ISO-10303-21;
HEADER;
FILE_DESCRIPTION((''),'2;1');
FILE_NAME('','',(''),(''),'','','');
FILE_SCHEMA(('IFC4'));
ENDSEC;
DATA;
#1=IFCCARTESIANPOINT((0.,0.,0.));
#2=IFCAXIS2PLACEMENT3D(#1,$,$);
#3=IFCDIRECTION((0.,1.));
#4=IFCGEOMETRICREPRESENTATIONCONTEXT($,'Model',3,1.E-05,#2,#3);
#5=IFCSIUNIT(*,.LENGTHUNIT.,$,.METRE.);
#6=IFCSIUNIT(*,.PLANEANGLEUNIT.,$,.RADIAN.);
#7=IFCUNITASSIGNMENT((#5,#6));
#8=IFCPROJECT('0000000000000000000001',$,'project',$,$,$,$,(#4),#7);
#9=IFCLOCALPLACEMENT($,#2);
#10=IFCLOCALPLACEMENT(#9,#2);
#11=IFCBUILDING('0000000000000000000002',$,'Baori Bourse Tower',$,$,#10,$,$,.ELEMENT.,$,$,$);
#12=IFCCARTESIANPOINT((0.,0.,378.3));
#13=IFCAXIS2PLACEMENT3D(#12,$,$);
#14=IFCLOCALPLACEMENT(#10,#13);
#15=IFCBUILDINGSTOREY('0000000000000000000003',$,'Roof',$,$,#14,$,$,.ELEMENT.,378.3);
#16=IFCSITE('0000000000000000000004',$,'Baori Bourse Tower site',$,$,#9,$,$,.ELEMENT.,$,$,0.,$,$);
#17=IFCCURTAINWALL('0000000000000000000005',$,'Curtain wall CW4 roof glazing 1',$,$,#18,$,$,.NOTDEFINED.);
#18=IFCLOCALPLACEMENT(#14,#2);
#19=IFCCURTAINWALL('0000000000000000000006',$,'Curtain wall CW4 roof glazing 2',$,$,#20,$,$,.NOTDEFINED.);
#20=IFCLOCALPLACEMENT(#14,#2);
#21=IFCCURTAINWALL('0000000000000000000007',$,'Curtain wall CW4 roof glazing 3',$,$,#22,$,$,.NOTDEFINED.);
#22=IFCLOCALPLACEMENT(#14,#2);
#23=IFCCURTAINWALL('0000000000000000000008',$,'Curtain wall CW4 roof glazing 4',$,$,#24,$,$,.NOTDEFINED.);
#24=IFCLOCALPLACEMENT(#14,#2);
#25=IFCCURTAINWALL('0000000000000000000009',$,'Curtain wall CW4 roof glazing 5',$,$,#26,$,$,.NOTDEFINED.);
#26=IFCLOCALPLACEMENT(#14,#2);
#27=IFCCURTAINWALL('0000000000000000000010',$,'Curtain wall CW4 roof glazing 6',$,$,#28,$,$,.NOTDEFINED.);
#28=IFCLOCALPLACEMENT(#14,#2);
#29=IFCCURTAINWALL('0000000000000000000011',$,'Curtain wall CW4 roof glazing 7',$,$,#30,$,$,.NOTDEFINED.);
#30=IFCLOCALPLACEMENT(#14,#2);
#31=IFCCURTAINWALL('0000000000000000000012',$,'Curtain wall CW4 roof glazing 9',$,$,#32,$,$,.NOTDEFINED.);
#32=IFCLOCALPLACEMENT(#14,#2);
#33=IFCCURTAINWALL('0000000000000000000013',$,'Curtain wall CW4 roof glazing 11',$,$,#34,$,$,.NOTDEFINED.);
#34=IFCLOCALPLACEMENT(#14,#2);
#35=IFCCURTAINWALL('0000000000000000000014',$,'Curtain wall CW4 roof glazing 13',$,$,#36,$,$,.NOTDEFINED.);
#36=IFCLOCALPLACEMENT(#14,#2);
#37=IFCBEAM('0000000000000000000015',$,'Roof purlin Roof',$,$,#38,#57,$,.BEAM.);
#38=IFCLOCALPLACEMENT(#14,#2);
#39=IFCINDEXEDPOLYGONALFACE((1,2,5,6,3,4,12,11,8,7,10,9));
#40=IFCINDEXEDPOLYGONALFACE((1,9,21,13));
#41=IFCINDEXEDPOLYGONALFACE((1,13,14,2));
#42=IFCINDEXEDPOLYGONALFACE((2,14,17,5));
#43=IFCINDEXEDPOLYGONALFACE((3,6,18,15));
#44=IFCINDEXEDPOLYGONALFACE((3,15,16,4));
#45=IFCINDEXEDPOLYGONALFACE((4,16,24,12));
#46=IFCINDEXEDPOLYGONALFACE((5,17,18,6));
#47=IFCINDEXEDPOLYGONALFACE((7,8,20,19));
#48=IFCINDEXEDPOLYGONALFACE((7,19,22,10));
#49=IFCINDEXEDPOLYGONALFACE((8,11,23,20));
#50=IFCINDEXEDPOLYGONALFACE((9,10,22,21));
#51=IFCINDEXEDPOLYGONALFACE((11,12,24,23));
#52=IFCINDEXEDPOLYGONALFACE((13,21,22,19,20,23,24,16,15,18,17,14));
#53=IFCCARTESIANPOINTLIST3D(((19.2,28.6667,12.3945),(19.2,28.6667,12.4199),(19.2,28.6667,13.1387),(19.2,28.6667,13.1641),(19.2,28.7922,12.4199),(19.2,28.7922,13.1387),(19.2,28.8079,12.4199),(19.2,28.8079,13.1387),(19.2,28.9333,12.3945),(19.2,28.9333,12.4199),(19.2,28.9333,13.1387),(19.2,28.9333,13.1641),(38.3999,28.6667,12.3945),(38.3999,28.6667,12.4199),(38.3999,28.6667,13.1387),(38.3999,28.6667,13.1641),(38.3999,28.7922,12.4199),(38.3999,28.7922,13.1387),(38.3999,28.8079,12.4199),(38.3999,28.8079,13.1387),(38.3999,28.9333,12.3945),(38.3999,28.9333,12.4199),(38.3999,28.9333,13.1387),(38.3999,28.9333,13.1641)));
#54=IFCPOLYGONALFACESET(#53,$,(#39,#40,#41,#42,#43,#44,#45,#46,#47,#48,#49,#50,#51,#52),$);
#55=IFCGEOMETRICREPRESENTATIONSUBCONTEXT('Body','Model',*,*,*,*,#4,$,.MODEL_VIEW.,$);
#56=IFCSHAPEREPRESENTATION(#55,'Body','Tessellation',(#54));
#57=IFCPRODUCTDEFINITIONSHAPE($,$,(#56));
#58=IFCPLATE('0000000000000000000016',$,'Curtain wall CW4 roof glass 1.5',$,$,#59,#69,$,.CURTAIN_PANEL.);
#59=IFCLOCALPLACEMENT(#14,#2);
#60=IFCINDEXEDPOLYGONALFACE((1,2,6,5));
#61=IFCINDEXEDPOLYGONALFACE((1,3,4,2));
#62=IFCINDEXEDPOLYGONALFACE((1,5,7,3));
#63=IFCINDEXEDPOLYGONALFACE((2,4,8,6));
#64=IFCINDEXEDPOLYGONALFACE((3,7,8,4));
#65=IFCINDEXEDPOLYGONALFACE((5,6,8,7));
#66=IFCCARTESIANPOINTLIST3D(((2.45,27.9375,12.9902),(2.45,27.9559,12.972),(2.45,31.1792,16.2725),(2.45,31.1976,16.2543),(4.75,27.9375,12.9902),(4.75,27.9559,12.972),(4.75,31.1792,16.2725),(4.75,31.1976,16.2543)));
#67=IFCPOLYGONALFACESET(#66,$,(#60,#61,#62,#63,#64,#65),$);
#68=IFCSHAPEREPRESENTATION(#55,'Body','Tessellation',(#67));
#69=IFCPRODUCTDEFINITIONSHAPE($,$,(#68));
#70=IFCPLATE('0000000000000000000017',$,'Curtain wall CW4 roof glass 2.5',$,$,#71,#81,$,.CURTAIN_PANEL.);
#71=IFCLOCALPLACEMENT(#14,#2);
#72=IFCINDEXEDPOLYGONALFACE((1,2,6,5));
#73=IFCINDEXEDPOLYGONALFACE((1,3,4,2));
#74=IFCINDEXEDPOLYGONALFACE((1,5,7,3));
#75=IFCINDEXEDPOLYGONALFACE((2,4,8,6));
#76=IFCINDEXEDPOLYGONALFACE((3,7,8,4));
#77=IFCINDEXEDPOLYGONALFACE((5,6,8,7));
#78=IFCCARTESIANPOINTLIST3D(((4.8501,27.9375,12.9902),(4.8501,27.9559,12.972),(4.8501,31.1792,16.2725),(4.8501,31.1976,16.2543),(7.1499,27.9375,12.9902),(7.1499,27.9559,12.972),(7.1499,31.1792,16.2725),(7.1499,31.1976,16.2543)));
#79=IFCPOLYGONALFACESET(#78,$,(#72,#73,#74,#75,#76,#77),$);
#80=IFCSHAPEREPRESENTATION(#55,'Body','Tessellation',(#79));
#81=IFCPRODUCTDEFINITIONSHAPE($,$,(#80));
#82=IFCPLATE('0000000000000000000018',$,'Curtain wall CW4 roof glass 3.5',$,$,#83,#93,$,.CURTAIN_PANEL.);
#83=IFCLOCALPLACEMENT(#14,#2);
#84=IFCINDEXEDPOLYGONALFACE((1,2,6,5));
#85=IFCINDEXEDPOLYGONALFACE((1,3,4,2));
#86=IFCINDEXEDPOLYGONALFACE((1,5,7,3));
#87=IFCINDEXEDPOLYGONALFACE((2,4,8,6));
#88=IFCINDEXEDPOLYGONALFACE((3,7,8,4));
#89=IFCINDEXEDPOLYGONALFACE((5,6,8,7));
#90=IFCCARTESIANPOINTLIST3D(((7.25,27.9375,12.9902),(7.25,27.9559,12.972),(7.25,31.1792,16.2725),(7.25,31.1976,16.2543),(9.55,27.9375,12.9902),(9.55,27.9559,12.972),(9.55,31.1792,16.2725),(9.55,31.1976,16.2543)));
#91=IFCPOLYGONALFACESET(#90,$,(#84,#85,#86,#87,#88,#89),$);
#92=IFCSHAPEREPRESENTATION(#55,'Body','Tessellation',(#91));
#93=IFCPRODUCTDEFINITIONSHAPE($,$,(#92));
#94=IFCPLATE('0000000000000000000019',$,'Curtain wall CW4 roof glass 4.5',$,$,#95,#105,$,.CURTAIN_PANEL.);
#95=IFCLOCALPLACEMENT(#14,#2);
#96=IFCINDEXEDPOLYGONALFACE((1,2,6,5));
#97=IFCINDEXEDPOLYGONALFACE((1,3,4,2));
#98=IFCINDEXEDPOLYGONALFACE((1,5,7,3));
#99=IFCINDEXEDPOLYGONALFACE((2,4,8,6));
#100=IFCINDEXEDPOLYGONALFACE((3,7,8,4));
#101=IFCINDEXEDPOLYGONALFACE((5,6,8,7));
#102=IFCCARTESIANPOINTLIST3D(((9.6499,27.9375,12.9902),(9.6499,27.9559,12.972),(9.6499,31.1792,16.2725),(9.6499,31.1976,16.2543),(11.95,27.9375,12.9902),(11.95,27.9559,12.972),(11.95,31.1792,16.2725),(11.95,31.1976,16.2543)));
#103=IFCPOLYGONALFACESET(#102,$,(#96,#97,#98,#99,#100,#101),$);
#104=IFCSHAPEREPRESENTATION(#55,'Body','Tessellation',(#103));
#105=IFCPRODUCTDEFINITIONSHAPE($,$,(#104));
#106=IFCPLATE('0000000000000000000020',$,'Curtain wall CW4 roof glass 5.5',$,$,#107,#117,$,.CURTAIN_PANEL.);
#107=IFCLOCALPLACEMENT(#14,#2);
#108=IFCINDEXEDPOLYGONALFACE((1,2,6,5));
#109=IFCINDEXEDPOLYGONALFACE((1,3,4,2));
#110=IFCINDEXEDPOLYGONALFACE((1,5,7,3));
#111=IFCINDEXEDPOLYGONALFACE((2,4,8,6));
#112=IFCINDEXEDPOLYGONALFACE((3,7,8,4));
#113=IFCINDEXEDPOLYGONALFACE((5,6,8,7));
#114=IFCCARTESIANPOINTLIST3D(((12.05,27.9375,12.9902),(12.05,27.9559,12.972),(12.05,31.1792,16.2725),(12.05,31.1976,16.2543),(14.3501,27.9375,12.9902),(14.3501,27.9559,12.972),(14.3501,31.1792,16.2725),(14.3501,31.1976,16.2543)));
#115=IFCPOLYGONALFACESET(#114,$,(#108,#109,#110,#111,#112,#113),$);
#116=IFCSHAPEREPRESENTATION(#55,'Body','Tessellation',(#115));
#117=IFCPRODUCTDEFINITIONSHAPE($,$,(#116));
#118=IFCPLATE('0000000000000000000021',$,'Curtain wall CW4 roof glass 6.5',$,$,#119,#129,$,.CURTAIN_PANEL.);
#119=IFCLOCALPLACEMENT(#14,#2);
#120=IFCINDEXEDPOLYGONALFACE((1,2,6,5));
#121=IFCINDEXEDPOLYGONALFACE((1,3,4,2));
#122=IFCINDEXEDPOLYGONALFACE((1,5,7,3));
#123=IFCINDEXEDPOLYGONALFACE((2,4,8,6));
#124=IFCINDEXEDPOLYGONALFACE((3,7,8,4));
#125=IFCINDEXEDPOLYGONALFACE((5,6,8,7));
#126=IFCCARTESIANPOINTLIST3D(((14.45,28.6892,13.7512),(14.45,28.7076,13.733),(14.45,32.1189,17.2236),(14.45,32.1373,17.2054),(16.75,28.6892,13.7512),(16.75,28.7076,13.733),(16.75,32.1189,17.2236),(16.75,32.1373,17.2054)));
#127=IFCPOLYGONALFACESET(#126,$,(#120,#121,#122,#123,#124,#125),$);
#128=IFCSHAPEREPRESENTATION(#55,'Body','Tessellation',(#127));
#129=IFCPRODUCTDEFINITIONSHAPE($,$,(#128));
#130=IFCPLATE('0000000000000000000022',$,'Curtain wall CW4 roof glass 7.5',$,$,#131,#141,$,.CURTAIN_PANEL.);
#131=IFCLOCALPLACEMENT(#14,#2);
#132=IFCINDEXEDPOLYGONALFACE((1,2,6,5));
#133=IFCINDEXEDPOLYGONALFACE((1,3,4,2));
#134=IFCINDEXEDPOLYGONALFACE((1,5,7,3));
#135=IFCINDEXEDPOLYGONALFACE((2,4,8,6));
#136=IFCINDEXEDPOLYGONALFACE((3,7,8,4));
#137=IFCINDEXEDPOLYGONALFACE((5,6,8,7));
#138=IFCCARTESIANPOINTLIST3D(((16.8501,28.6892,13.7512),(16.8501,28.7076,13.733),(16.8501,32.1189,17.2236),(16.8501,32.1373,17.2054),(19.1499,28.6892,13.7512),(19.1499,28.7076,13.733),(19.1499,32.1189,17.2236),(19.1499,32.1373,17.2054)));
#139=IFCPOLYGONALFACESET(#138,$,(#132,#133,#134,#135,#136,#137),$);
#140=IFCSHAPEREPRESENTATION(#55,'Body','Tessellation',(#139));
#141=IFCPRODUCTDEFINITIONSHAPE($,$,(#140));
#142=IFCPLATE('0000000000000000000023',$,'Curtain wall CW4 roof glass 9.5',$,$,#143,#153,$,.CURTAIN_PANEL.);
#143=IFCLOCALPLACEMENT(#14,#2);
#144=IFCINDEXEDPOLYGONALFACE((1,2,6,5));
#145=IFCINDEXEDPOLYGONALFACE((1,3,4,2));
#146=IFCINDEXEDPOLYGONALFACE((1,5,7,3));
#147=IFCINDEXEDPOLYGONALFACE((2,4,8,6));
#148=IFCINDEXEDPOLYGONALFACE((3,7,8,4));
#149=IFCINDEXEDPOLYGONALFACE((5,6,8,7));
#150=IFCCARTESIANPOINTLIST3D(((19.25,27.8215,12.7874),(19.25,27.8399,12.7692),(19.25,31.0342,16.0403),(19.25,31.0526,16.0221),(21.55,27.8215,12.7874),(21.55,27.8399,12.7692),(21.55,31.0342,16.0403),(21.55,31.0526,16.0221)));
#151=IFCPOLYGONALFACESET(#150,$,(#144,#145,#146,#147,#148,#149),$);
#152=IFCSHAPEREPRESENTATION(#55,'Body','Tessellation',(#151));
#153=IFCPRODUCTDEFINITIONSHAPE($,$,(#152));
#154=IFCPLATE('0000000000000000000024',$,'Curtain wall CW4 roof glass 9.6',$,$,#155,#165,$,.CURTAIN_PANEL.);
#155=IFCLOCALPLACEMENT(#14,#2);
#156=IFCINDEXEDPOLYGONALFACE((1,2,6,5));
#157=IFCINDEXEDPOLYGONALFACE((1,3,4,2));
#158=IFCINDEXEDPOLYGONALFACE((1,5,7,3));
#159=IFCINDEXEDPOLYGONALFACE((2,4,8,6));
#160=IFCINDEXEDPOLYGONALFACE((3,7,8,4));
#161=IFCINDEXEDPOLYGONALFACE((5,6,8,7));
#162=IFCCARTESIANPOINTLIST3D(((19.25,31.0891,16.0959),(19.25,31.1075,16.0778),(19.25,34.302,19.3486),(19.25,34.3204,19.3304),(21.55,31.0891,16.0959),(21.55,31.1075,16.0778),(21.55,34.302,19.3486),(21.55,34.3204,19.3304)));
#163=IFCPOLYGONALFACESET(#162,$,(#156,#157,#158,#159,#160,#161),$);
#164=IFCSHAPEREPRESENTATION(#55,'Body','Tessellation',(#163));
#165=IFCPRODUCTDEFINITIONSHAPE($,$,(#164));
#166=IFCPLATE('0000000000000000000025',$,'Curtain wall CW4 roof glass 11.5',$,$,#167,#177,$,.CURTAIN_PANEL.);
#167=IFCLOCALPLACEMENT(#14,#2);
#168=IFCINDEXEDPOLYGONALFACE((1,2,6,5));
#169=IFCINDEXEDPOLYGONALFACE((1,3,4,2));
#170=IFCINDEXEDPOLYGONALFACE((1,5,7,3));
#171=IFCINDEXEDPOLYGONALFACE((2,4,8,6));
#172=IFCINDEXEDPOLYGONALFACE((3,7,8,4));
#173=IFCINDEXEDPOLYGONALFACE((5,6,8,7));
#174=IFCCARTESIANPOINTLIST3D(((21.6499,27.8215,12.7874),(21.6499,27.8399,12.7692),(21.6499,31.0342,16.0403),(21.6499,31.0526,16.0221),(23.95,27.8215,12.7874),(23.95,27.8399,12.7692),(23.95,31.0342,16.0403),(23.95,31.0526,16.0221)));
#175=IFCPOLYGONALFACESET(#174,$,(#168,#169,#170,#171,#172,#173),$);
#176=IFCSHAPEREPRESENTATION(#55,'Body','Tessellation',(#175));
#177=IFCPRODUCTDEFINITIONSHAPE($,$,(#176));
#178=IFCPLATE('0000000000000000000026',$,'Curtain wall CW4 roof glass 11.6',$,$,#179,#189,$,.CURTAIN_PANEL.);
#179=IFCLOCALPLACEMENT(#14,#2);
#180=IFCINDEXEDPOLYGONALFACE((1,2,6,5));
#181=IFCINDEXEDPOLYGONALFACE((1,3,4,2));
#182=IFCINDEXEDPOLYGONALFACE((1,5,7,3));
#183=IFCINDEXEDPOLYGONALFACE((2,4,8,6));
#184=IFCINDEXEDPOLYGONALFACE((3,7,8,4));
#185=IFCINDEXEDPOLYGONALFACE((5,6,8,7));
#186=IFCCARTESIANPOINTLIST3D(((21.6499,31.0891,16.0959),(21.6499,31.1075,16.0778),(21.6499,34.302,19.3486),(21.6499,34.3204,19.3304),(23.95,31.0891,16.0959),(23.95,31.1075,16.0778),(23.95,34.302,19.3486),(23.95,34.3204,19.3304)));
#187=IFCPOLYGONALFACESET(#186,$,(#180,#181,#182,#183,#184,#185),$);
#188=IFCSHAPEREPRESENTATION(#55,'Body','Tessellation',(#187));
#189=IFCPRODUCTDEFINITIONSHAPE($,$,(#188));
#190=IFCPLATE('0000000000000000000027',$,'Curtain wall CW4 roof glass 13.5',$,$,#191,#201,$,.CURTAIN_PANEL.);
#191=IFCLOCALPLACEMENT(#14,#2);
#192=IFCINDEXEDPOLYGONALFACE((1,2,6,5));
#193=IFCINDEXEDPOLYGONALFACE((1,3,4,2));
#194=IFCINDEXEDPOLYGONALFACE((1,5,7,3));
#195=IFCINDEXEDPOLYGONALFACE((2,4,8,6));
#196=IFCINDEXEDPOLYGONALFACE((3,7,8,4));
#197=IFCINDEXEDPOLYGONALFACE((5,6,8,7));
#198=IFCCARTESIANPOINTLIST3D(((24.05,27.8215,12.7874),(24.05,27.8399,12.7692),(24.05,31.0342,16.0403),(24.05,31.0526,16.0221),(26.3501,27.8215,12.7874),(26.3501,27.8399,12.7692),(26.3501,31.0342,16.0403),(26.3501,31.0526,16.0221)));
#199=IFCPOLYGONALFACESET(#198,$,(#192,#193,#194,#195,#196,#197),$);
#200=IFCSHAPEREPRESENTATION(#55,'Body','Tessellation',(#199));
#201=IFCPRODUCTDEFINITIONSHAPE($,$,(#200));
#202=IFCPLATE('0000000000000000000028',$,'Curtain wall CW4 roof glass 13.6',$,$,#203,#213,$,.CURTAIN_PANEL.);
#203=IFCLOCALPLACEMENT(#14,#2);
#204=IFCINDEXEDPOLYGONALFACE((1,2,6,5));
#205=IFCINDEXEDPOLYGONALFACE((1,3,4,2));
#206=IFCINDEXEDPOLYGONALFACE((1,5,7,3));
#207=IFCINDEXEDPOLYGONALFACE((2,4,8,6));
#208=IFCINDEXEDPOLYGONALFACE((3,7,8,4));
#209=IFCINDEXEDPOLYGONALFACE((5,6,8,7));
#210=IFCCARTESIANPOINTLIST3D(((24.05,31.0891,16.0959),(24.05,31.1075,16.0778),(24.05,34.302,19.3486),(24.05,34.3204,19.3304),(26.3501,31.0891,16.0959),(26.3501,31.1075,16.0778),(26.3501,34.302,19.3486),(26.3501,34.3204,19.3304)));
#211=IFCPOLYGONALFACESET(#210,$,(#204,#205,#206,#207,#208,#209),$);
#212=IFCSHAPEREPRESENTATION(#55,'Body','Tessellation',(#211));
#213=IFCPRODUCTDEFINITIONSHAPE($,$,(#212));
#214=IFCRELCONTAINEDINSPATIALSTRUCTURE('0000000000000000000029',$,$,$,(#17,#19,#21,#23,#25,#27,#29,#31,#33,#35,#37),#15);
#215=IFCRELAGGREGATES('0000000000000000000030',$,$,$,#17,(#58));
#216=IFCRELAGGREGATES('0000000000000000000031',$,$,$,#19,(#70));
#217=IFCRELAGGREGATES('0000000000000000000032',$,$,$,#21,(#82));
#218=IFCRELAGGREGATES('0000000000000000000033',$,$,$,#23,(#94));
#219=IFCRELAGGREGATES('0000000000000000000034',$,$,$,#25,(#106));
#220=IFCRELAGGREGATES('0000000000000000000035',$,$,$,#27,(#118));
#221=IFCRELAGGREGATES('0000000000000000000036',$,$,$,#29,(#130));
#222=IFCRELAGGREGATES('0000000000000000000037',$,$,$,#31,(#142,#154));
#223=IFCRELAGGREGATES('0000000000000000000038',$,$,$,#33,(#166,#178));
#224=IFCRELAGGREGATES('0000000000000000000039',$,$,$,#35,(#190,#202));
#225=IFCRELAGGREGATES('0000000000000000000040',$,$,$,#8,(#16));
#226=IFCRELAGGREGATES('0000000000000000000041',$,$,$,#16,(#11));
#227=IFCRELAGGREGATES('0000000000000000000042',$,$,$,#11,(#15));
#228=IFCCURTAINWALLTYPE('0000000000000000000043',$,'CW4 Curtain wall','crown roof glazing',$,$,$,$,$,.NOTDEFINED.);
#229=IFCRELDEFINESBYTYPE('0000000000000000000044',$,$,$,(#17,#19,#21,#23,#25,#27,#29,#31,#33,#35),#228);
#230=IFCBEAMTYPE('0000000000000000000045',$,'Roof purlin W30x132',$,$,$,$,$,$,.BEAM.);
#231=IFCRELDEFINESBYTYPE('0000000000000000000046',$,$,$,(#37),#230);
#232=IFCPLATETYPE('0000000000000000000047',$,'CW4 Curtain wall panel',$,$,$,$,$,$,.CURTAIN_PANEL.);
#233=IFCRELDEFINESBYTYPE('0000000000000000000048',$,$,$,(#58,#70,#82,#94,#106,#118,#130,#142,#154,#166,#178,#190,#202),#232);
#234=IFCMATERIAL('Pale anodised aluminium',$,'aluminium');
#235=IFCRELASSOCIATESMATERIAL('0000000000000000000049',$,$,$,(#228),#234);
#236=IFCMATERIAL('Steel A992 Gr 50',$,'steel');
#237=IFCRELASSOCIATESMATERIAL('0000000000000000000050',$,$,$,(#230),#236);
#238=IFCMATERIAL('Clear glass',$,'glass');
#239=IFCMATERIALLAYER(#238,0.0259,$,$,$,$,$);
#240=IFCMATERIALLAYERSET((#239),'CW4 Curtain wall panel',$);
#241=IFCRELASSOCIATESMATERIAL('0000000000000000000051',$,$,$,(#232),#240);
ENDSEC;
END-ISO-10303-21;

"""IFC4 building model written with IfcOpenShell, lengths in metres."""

from ifc_helpers import new_model, si_unit, direction, frame, origin, origin_2d, place, context, subcontext, project, spatial, polyline, i_section, outline, extrude, material, layer, layer_set, material_profile, profile_set, type_object, element, aggregate, save


model = new_model("IFC4")

# Units and contexts
model_context = context("Model", 3, precision=1e-05, world=origin(), true_north=direction((0.0, 1.0)))
body_context = subcontext(model_context, "Body", "Model", "MODEL_VIEW")
ifc_project = project(units=[si_unit("LENGTHUNIT", "METRE"), si_unit("PLANEANGLEUNIT", "RADIAN")], contexts=[model_context])

# Site, building, storey
site_placement = place(None, origin())
site = spatial("IfcSite", under=ifc_project, at=site_placement, Name="Baori Bourse Tower site", CompositionType="ELEMENT", RefElevation=0.0)
building_placement = place(site_placement, origin())
building = spatial("IfcBuilding", under=site, at=building_placement, Name="Baori Bourse Tower", CompositionType="ELEMENT")
storey_placement = place(building_placement, frame((0.0, 0.0, 378.3)))
storey = spatial("IfcBuildingStorey", under=building, at=storey_placement, Name="Roof", CompositionType="ELEMENT", Elevation=378.3)

# Curtain walls
ifc_material_1 = material(Name="Pale anodised aluminium", Category="aluminium")
curtain_wall_type = type_object("IfcCurtainWallType", Name="CW4 Curtain wall", Description="crown roof glazing", PredefinedType="NOTDEFINED", material=ifc_material_1)
curtain_wall_1_placement = place(storey_placement, origin())
curtain_wall_1 = element("IfcCurtainWall", 1, at=curtain_wall_1_placement, inside=storey, type_object=curtain_wall_type, Name="Curtain wall CW4 roof glazing 1", PredefinedType="NOTDEFINED")
curtain_wall_2_placement = place(storey_placement, origin())
curtain_wall_2 = element("IfcCurtainWall", 2, at=curtain_wall_2_placement, inside=storey, type_object=curtain_wall_type, Name="Curtain wall CW4 roof glazing 2", PredefinedType="NOTDEFINED")
curtain_wall_3_placement = place(storey_placement, origin())
curtain_wall_3 = element("IfcCurtainWall", 3, at=curtain_wall_3_placement, inside=storey, type_object=curtain_wall_type, Name="Curtain wall CW4 roof glazing 3", PredefinedType="NOTDEFINED")
curtain_wall_4_placement = place(storey_placement, origin())
curtain_wall_4 = element("IfcCurtainWall", 4, at=curtain_wall_4_placement, inside=storey, type_object=curtain_wall_type, Name="Curtain wall CW4 roof glazing 4", PredefinedType="NOTDEFINED")
curtain_wall_5_placement = place(storey_placement, origin())
curtain_wall_5 = element("IfcCurtainWall", 5, at=curtain_wall_5_placement, inside=storey, type_object=curtain_wall_type, Name="Curtain wall CW4 roof glazing 5", PredefinedType="NOTDEFINED")
curtain_wall_6_placement = place(storey_placement, origin())
curtain_wall_6 = element("IfcCurtainWall", 6, at=curtain_wall_6_placement, inside=storey, type_object=curtain_wall_type, Name="Curtain wall CW4 roof glazing 6", PredefinedType="NOTDEFINED")
curtain_wall_7_placement = place(storey_placement, origin())
curtain_wall_7 = element("IfcCurtainWall", 7, at=curtain_wall_7_placement, inside=storey, type_object=curtain_wall_type, Name="Curtain wall CW4 roof glazing 7", PredefinedType="NOTDEFINED")

# Curtain walls
curtain_wall_8_placement = place(storey_placement, origin())
curtain_wall_8 = element("IfcCurtainWall", 8, at=curtain_wall_8_placement, inside=storey, type_object=curtain_wall_type, Name="Curtain wall CW4 roof glazing 9", PredefinedType="NOTDEFINED")
curtain_wall_9_placement = place(storey_placement, origin())
curtain_wall_9 = element("IfcCurtainWall", 9, at=curtain_wall_9_placement, inside=storey, type_object=curtain_wall_type, Name="Curtain wall CW4 roof glazing 11", PredefinedType="NOTDEFINED")
curtain_wall_10_placement = place(storey_placement, origin())
curtain_wall_10 = element("IfcCurtainWall", 10, at=curtain_wall_10_placement, inside=storey, type_object=curtain_wall_type, Name="Curtain wall CW4 roof glazing 13", PredefinedType="NOTDEFINED")

# Beam
ifc_material_2 = material(Name="Steel A992 Gr 50", Category="steel")
ifc_material_profile_1 = material_profile(ifc_material_2, i_section(OverallWidth=0.2666, OverallDepth=0.7695, WebThickness=0.0156, FlangeThickness=0.0254, at=origin_2d()), Name="W30x132")
ifc_profile_set_1 = profile_set([ifc_material_profile_1], Name="Steel A992 Gr 50")
beam_type = type_object("IfcBeamType", Name="Roof purlin W30x132", PredefinedType="BEAM", material=ifc_profile_set_1)
beam_placement = place(storey_placement, frame((19.2, 28.8, 12.7793), z_axis=(1.0, 0.0, 0.0), x_axis=(0.0, 1.0, 0.0)))
element("IfcBeam", 11, at=beam_placement, inside=storey, type_object=beam_type, Name="Roof purlin Roof", PredefinedType="BEAM", context=body_context, shape_type="SweptSolid", body=[
    extrude(i_section(OverallWidth=0.2666, OverallDepth=0.7695, WebThickness=0.0156, FlangeThickness=0.0254, at=origin_2d()), origin(), (0.0, 0.0, 1.0), 19.2),
])

# Plates
ifc_material_3 = material(Name="Clear glass", Category="glass")
ifc_layer = layer(ifc_material_3, 0.0259)
ifc_layer_set = layer_set([ifc_layer], Name="CW4 Curtain wall panel")
plate_type = type_object("IfcPlateType", Name="CW4 Curtain wall panel", PredefinedType="CURTAIN_PANEL", material=ifc_layer_set)
plate_1_placement = place(storey_placement, frame((2.45, 27.9375, 12.9902), z_axis=(0.0, -0.711486, 0.702701), x_axis=(1.0, 0.0, 0.0)))
plate_1 = element("IfcPlate", 12, at=plate_1_placement, type_object=plate_type, Name="Curtain wall CW4 roof glass 1.5", PredefinedType="CURTAIN_PANEL", context=body_context, shape_type="SweptSolid", body=[
    extrude(outline(polyline([(0.0, 0.0), (2.3, 0.0), (2.3, 4.6132), (0.0, 4.6132), (0.0, 0.0)])), origin(), (0.0, 0.0, -1.0), 0.0259),
])
aggregate(curtain_wall_1, [plate_1])
plate_2_placement = place(storey_placement, frame((4.8501, 27.9375, 12.9902), z_axis=(0.0, -0.711486, 0.702701), x_axis=(1.0, 0.0, 0.0)))
plate_2 = element("IfcPlate", 13, at=plate_2_placement, type_object=plate_type, Name="Curtain wall CW4 roof glass 2.5", PredefinedType="CURTAIN_PANEL", context=body_context, shape_type="SweptSolid", body=[
    extrude(outline(polyline([(0.0, 0.0), (2.2998, 0.0), (2.2998, 4.6132), (0.0, 4.6132), (0.0, 0.0)])), origin(), (0.0, 0.0, -1.0), 0.0259),
])
aggregate(curtain_wall_2, [plate_2])
plate_3_placement = place(storey_placement, frame((7.25, 27.9375, 12.9902), z_axis=(0.0, -0.711486, 0.702701), x_axis=(1.0, 0.0, 0.0)))
plate_3 = element("IfcPlate", 14, at=plate_3_placement, type_object=plate_type, Name="Curtain wall CW4 roof glass 3.5", PredefinedType="CURTAIN_PANEL", context=body_context, shape_type="SweptSolid", body=[
    extrude(outline(polyline([(0.0, 0.0), (2.3, 0.0), (2.3, 4.6132), (0.0, 4.6132), (0.0, 0.0)])), origin(), (0.0, 0.0, -1.0), 0.0259),
])
aggregate(curtain_wall_3, [plate_3])
plate_4_placement = place(storey_placement, frame((9.6499, 27.9375, 12.9902), z_axis=(0.0, -0.711486, 0.702701), x_axis=(1.0, 0.0, 0.0)))
plate_4 = element("IfcPlate", 15, at=plate_4_placement, type_object=plate_type, Name="Curtain wall CW4 roof glass 4.5", PredefinedType="CURTAIN_PANEL", context=body_context, shape_type="SweptSolid", body=[
    extrude(outline(polyline([(0.0, 0.0), (2.3, 0.0), (2.3, 4.6132), (0.0, 4.6132), (0.0, 0.0)])), origin(), (0.0, 0.0, -1.0), 0.0259),
])
aggregate(curtain_wall_4, [plate_4])
plate_5_placement = place(storey_placement, frame((12.05, 27.9375, 12.9902), z_axis=(0.0, -0.711486, 0.702701), x_axis=(1.0, 0.0, 0.0)))
plate_5 = element("IfcPlate", 16, at=plate_5_placement, type_object=plate_type, Name="Curtain wall CW4 roof glass 5.5", PredefinedType="CURTAIN_PANEL", context=body_context, shape_type="SweptSolid", body=[
    extrude(outline(polyline([(0.0, 0.0), (2.3, 0.0), (2.3, 4.6132), (0.0, 4.6132), (0.0, 0.0)])), origin(), (0.0, 0.0, -1.0), 0.0259),
])
aggregate(curtain_wall_5, [plate_5])
plate_6_placement = place(storey_placement, frame((14.45, 28.6892, 13.7512), z_axis=(0.0, -0.71147, 0.702716), x_axis=(1.0, 0.0, 0.0)))
plate_6 = element("IfcPlate", 17, at=plate_6_placement, type_object=plate_type, Name="Curtain wall CW4 roof glass 6.5", PredefinedType="CURTAIN_PANEL", context=body_context, shape_type="SweptSolid", body=[
    extrude(outline(polyline([(0.0, 0.0), (2.3, 0.0), (2.3, 4.8806), (0.0, 4.8806), (0.0, 0.0)])), origin(), (0.0, 0.0, -1.0), 0.0259),
])
aggregate(curtain_wall_6, [plate_6])
plate_7_placement = place(storey_placement, frame((16.8501, 28.6892, 13.7512), z_axis=(0.0, -0.71147, 0.702716), x_axis=(1.0, 0.0, 0.0)))
plate_7 = element("IfcPlate", 18, at=plate_7_placement, type_object=plate_type, Name="Curtain wall CW4 roof glass 7.5", PredefinedType="CURTAIN_PANEL", context=body_context, shape_type="SweptSolid", body=[
    extrude(outline(polyline([(0.0, 0.0), (2.2998, 0.0), (2.2998, 4.8806), (0.0, 4.8806), (0.0, 0.0)])), origin(), (0.0, 0.0, -1.0), 0.0259),
])
aggregate(curtain_wall_7, [plate_7])
plate_8_placement = place(storey_placement, frame((19.25, 27.8215, 12.7874), z_axis=(0.0, -0.711499, 0.702688), x_axis=(1.0, 0.0, 0.0)))
plate_8 = element("IfcPlate", 19, at=plate_8_placement, type_object=plate_type, Name="Curtain wall CW4 roof glass 9.5", PredefinedType="CURTAIN_PANEL", context=body_context, shape_type="SweptSolid", body=[
    extrude(outline(polyline([(0.0, 0.0), (2.3, 0.0), (2.3, 4.5719), (0.0, 4.5719), (0.0, 0.0)])), origin(), (0.0, 0.0, -1.0), 0.0259),
])
plate_9_placement = place(storey_placement, frame((19.25, 31.0891, 16.0959), z_axis=(0.0, -0.711445, 0.702741), x_axis=(1.0, 0.0, 0.0)))
plate_9 = element("IfcPlate", 20, at=plate_9_placement, type_object=plate_type, Name="Curtain wall CW4 roof glass 9.6", PredefinedType="CURTAIN_PANEL", context=body_context, shape_type="SweptSolid", body=[
    extrude(outline(polyline([(0.0, 0.0), (2.3, 0.0), (2.3, 4.5719), (0.0, 4.5719), (0.0, 0.0)])), origin(), (0.0, 0.0, -1.0), 0.0259),
])
aggregate(curtain_wall_8, [plate_8, plate_9])
plate_10_placement = place(storey_placement, frame((21.6499, 27.8215, 12.7874), z_axis=(0.0, -0.711499, 0.702688), x_axis=(1.0, 0.0, 0.0)))
plate_10 = element("IfcPlate", 21, at=plate_10_placement, type_object=plate_type, Name="Curtain wall CW4 roof glass 11.5", PredefinedType="CURTAIN_PANEL", context=body_context, shape_type="SweptSolid", body=[
    extrude(outline(polyline([(0.0, 0.0), (2.3, 0.0), (2.3, 4.5719), (0.0, 4.5719), (0.0, 0.0)])), origin(), (0.0, 0.0, -1.0), 0.0259),
])
plate_11_placement = place(storey_placement, frame((21.6499, 31.0891, 16.0959), z_axis=(0.0, -0.711445, 0.702741), x_axis=(1.0, 0.0, 0.0)))
plate_11 = element("IfcPlate", 22, at=plate_11_placement, type_object=plate_type, Name="Curtain wall CW4 roof glass 11.6", PredefinedType="CURTAIN_PANEL", context=body_context, shape_type="SweptSolid", body=[
    extrude(outline(polyline([(0.0, 0.0), (2.3, 0.0), (2.3, 4.5719), (0.0, 4.5719), (0.0, 0.0)])), origin(), (0.0, 0.0, -1.0), 0.0259),
])
aggregate(curtain_wall_9, [plate_10, plate_11])
plate_12_placement = place(storey_placement, frame((24.05, 27.8215, 12.7874), z_axis=(0.0, -0.711499, 0.702688), x_axis=(1.0, 0.0, 0.0)))
plate_12 = element("IfcPlate", 23, at=plate_12_placement, type_object=plate_type, Name="Curtain wall CW4 roof glass 13.5", PredefinedType="CURTAIN_PANEL", context=body_context, shape_type="SweptSolid", body=[
    extrude(outline(polyline([(0.0, 0.0), (2.3, 0.0), (2.3, 4.5719), (0.0, 4.5719), (0.0, 0.0)])), origin(), (0.0, 0.0, -1.0), 0.0259),
])
plate_13_placement = place(storey_placement, frame((24.05, 31.0891, 16.0959), z_axis=(0.0, -0.711445, 0.702741), x_axis=(1.0, 0.0, 0.0)))
plate_13 = element("IfcPlate", 24, at=plate_13_placement, type_object=plate_type, Name="Curtain wall CW4 roof glass 13.6", PredefinedType="CURTAIN_PANEL", context=body_context, shape_type="SweptSolid", body=[
    extrude(outline(polyline([(0.0, 0.0), (2.3, 0.0), (2.3, 4.5719), (0.0, 4.5719), (0.0, 0.0)])), origin(), (0.0, 0.0, -1.0), 0.0259),
])
aggregate(curtain_wall_10, [plate_12, plate_13])

save(model, "model.ifc")
